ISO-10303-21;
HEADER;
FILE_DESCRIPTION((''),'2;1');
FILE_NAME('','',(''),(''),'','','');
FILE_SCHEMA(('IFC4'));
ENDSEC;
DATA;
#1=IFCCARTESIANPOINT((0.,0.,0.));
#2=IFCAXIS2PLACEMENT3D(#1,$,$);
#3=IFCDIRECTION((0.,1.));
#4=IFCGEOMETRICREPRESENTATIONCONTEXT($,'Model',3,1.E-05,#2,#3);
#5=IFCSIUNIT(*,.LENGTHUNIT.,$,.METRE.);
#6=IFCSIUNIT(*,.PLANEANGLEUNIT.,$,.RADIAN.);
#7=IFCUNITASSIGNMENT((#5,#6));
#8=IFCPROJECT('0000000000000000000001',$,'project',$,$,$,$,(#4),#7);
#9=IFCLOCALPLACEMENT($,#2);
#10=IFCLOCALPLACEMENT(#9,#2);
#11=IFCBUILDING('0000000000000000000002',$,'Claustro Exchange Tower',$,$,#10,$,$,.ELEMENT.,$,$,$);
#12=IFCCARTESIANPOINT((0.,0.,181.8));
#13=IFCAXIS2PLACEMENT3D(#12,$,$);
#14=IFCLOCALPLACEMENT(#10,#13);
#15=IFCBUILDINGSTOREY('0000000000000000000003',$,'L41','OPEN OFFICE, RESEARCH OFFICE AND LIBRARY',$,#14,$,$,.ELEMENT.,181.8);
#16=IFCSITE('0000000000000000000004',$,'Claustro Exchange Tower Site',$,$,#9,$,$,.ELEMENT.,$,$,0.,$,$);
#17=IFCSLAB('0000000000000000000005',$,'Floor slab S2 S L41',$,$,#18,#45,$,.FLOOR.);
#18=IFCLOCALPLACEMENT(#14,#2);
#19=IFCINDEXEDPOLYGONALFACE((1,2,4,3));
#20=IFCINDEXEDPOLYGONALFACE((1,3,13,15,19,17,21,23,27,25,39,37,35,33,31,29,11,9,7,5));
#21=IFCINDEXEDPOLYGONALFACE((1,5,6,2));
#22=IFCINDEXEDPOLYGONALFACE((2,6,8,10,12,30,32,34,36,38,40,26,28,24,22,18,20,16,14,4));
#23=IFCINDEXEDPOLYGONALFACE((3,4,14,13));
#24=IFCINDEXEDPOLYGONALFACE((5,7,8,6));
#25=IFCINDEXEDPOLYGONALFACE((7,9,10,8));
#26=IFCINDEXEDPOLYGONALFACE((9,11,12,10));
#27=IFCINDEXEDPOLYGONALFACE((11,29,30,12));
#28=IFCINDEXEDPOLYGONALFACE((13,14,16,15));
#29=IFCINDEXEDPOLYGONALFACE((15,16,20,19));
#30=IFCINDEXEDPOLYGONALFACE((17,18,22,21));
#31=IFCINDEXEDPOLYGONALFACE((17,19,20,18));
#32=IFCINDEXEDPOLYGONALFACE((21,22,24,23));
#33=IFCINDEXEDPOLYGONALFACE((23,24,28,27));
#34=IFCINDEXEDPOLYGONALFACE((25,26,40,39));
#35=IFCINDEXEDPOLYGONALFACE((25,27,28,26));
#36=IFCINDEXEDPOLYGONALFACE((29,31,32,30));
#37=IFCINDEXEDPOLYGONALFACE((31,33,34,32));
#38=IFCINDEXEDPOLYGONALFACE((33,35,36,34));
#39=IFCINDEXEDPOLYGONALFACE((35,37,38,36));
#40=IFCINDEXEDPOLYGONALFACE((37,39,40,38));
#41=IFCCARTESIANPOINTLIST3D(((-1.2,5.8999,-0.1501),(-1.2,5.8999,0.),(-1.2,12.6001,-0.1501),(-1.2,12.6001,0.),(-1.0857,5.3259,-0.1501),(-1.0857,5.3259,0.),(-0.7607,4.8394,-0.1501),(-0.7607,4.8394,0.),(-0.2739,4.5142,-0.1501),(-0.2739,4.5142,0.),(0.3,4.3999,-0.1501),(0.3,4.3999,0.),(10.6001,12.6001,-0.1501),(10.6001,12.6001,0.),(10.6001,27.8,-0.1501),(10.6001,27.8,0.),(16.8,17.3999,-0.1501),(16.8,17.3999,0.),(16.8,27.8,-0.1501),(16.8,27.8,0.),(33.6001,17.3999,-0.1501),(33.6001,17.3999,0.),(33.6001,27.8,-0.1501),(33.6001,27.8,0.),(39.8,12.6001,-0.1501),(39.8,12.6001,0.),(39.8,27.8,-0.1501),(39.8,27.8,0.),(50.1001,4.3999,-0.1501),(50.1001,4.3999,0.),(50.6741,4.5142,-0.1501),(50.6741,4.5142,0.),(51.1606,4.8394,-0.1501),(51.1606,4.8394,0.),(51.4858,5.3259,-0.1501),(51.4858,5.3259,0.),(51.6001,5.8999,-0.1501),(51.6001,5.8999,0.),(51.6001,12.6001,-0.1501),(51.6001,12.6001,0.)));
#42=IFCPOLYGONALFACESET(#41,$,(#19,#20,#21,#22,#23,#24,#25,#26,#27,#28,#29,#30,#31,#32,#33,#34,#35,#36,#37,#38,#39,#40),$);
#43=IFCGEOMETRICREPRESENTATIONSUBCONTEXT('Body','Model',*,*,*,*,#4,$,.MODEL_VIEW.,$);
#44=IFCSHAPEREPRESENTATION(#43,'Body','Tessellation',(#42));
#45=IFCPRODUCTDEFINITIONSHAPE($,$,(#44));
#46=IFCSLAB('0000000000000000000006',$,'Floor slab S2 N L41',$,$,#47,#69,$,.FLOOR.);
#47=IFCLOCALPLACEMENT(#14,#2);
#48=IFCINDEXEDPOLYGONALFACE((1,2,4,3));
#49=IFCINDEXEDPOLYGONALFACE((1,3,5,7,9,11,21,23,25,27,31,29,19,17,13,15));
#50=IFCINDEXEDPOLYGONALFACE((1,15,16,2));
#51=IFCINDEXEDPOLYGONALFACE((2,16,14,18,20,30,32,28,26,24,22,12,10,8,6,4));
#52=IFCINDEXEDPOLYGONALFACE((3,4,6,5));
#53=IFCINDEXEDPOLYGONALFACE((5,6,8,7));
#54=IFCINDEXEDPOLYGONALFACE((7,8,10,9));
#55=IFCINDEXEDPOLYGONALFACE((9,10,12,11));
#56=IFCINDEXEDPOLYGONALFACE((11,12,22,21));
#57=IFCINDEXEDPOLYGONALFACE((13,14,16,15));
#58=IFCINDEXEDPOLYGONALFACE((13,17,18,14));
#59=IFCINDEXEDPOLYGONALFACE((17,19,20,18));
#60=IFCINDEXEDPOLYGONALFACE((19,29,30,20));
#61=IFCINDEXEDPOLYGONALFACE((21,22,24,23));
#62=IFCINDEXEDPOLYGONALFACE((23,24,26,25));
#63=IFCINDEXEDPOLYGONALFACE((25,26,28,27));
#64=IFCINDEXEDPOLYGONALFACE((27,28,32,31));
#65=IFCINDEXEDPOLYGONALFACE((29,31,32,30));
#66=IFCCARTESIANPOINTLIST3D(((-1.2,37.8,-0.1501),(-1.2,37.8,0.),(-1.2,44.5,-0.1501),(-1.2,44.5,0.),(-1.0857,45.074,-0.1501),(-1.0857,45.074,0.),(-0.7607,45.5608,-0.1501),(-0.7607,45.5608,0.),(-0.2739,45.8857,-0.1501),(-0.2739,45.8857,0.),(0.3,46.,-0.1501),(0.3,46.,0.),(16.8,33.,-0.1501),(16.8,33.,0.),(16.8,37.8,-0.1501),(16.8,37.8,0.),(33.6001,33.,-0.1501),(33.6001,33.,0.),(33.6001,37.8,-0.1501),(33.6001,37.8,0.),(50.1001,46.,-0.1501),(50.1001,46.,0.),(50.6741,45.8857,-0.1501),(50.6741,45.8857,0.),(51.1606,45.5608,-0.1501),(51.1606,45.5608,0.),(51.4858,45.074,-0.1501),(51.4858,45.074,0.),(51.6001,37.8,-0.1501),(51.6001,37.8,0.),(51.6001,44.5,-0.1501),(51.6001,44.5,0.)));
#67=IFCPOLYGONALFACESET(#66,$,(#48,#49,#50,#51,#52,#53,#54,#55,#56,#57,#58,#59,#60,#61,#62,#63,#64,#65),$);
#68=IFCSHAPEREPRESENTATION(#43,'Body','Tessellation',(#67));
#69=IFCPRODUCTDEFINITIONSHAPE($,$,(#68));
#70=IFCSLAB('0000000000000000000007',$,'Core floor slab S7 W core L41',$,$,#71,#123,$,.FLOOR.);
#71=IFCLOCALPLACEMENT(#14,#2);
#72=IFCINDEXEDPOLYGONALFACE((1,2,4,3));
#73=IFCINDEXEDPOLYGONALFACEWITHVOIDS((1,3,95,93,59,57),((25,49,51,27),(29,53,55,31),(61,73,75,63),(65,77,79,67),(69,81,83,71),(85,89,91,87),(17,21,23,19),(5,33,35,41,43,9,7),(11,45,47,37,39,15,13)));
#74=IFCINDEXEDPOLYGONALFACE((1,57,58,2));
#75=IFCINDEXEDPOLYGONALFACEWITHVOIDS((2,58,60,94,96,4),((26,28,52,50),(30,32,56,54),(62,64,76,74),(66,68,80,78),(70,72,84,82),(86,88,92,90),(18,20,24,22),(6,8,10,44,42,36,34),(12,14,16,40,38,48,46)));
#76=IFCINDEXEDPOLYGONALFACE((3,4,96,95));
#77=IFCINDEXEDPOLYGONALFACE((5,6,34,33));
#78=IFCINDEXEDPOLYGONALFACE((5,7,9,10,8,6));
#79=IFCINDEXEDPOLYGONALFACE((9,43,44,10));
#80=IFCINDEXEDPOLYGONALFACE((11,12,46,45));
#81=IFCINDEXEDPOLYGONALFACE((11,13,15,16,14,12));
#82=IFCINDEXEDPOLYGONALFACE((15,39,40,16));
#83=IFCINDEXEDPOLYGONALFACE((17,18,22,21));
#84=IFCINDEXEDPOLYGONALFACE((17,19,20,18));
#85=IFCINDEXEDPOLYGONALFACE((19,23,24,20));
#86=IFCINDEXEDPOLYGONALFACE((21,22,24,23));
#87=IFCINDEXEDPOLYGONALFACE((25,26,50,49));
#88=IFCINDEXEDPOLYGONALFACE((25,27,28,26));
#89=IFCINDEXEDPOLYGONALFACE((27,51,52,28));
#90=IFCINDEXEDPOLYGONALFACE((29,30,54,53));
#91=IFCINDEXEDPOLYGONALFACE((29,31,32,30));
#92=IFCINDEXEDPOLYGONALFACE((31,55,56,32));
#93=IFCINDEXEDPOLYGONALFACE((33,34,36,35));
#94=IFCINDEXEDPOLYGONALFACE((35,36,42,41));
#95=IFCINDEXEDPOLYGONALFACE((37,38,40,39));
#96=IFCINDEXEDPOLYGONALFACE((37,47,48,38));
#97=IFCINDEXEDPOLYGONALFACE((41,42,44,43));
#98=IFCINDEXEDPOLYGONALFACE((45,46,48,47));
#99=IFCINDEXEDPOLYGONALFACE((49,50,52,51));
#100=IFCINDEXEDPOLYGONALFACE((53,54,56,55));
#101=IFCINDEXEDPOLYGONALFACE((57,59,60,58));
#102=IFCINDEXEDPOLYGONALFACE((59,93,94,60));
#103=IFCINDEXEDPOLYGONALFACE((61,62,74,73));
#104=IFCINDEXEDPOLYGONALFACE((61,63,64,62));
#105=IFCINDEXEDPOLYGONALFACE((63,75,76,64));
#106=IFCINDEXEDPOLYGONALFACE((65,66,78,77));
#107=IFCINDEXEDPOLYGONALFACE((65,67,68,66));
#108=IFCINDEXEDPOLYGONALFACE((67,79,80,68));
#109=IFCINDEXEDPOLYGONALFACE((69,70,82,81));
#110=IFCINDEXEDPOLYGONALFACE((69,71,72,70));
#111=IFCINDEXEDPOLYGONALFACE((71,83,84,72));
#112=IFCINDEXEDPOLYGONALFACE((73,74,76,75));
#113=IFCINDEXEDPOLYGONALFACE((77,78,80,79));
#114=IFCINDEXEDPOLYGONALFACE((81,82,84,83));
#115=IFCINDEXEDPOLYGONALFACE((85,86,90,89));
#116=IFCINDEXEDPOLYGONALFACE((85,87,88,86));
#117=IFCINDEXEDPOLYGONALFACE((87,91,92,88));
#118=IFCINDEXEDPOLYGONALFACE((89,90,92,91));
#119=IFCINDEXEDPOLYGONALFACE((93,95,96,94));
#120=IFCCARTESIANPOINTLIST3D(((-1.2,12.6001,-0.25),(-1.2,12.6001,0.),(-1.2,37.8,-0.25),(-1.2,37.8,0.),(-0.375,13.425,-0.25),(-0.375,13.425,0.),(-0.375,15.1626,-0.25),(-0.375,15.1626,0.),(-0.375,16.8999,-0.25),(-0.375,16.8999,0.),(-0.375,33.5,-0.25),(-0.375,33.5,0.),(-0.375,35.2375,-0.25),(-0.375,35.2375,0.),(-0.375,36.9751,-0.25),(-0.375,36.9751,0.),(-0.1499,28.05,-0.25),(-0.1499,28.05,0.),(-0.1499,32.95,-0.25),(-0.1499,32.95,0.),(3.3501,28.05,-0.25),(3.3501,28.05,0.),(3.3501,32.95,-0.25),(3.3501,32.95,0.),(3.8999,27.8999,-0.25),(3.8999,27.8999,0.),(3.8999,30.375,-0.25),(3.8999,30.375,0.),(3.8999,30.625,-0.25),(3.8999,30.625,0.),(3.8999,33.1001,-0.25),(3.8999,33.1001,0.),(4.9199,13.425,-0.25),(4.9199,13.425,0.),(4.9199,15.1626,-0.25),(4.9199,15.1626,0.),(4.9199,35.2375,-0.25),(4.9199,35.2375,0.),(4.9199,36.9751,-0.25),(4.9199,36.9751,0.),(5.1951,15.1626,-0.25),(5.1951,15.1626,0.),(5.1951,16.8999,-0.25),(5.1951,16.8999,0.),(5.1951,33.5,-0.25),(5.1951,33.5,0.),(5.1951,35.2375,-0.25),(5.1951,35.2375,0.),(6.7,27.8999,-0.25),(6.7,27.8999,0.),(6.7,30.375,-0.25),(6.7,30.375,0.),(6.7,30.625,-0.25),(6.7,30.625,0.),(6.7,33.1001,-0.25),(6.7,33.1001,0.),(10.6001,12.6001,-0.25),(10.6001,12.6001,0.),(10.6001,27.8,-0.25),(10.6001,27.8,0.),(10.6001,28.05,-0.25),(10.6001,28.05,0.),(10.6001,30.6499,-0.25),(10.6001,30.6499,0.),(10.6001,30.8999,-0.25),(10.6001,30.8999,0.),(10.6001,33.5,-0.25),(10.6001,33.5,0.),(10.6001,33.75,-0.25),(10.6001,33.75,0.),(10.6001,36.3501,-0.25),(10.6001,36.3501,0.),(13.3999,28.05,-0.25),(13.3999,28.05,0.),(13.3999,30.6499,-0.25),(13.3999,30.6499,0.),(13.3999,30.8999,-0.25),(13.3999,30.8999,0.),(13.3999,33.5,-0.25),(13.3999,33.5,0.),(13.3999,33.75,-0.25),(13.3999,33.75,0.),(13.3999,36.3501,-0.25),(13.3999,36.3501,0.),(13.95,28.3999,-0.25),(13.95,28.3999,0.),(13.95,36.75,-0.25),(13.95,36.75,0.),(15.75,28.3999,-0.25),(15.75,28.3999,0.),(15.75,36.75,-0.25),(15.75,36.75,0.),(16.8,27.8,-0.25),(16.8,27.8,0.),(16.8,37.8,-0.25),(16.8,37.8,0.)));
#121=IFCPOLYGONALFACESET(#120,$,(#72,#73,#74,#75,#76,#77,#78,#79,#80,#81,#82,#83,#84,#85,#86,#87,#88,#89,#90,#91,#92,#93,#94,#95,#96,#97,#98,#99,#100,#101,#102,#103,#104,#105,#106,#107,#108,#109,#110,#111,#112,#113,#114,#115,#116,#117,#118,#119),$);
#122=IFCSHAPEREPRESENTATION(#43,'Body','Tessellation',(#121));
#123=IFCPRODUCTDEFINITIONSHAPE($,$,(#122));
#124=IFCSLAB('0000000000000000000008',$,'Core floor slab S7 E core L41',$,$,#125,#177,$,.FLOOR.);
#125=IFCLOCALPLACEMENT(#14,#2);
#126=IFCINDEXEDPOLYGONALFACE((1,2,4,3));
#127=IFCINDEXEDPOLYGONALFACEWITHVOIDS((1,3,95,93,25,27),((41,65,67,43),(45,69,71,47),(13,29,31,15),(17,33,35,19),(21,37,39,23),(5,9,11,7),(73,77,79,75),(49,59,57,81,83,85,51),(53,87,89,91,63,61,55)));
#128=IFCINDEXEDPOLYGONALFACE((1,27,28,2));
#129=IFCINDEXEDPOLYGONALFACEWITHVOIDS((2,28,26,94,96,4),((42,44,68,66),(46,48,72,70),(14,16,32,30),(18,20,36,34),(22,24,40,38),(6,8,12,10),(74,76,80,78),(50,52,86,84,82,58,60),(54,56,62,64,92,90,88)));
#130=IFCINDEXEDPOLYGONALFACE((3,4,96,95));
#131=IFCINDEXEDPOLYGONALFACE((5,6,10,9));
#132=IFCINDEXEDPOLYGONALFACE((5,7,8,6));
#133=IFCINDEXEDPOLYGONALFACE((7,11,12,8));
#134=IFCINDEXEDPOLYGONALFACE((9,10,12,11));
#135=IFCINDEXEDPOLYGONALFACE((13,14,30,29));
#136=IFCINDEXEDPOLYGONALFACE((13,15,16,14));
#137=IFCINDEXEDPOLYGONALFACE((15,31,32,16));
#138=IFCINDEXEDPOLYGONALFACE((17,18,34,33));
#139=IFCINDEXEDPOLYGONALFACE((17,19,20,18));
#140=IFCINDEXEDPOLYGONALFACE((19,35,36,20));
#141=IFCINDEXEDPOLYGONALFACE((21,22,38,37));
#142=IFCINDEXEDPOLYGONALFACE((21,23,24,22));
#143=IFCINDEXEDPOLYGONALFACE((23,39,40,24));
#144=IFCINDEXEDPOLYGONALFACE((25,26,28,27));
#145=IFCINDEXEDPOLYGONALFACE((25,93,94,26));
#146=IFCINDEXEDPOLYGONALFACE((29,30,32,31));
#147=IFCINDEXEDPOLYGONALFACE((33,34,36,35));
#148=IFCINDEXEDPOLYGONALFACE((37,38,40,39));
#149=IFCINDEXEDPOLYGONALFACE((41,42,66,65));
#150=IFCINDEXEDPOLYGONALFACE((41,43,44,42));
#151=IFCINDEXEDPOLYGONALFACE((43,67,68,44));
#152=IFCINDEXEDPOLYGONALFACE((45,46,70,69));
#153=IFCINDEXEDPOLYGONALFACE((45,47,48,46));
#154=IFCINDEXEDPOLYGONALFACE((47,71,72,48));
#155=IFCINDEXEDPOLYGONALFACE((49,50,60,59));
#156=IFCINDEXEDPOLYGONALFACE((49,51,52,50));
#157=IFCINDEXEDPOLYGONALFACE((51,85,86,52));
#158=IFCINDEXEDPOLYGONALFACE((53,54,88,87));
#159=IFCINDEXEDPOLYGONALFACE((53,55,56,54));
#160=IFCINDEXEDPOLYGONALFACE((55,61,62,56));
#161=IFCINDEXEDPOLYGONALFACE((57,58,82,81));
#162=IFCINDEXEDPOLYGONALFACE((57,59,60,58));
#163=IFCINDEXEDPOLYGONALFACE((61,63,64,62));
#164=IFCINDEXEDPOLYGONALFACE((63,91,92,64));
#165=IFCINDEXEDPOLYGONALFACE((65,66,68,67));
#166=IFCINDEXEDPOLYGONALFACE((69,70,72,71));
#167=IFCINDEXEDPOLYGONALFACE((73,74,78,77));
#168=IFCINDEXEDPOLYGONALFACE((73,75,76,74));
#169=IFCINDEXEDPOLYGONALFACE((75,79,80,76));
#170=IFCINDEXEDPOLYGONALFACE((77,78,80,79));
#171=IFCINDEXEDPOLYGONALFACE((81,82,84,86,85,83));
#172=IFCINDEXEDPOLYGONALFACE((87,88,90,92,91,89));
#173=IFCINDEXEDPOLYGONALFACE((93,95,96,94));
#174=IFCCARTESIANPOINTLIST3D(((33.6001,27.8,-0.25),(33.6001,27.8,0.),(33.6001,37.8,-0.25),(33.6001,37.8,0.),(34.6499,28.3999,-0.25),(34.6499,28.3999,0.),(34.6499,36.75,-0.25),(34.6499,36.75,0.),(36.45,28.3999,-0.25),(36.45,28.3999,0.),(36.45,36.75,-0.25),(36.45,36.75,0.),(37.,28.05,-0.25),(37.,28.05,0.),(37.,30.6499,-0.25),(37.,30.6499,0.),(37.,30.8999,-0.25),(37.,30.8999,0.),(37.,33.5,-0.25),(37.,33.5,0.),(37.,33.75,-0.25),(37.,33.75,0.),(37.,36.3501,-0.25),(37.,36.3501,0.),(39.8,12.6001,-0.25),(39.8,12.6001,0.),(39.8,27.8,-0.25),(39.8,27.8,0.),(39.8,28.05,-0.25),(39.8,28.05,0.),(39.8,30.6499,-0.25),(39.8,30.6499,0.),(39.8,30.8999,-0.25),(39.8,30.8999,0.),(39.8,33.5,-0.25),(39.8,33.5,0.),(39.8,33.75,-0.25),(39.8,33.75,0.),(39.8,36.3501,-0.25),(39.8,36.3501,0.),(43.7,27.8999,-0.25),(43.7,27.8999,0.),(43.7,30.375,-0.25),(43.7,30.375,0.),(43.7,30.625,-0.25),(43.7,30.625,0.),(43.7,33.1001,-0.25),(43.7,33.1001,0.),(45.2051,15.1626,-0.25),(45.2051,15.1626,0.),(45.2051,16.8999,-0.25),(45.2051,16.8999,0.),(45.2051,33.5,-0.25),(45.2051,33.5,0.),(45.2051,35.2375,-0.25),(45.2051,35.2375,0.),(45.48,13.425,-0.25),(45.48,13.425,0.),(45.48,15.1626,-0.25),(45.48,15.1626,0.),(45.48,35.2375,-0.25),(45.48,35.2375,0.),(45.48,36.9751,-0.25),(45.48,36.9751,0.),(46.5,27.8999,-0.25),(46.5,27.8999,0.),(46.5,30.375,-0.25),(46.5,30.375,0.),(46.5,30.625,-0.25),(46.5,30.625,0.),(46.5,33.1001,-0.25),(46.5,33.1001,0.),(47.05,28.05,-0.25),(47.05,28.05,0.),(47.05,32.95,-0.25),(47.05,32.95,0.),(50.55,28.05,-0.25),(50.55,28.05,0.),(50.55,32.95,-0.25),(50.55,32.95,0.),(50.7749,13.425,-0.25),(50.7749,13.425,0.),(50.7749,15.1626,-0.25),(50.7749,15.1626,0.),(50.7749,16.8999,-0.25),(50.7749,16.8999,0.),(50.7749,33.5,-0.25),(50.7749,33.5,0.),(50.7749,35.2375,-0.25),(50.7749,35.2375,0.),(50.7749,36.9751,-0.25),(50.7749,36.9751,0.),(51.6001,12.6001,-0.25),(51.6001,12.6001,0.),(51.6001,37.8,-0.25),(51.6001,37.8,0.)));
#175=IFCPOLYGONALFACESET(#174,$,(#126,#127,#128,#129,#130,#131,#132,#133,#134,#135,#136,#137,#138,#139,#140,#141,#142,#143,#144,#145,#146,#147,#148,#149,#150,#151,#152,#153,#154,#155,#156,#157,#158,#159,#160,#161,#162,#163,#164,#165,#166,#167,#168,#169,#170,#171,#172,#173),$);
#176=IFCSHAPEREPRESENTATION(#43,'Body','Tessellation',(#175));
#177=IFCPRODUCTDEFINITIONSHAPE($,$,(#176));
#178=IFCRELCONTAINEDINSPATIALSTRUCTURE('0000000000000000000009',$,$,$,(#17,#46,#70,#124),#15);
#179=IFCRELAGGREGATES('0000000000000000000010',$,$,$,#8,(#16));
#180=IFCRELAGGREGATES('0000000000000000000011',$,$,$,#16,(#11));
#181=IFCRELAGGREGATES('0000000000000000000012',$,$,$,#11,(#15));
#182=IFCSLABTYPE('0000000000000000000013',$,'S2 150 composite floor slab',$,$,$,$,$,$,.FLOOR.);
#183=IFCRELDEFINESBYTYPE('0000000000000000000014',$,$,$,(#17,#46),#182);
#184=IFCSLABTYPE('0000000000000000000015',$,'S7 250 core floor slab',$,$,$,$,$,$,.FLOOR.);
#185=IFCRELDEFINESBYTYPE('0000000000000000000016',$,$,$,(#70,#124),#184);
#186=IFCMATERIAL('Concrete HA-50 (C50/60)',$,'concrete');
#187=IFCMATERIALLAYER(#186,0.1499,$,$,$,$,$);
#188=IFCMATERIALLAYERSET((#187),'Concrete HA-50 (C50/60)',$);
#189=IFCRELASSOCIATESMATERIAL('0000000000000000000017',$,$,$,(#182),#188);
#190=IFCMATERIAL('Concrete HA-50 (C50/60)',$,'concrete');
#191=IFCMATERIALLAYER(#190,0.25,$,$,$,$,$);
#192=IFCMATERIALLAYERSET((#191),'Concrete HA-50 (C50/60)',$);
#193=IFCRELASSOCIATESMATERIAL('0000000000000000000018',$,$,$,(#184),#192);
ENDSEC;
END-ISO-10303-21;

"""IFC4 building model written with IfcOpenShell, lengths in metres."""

from ifc_helpers import new_model, si_unit, direction, frame, origin, place, context, subcontext, project, spatial, polyline, outline, extrude, material, layer, layer_set, type_object, element, save


model = new_model("IFC4")

# Units and contexts
model_context = context("Model", 3, precision=1e-05, world=origin(), true_north=direction((0.0, 1.0)))
body_context = subcontext(model_context, "Body", "Model", "MODEL_VIEW")
ifc_project = project(units=[si_unit("LENGTHUNIT", "METRE"), si_unit("PLANEANGLEUNIT", "RADIAN")], contexts=[model_context])

# Site, building, storey
site_placement = place(None, origin())
site = spatial("IfcSite", under=ifc_project, at=site_placement, Name="Claustro Exchange Tower Site", CompositionType="ELEMENT", RefElevation=0.0)
building_placement = place(site_placement, origin())
building = spatial("IfcBuilding", under=site, at=building_placement, Name="Claustro Exchange Tower", CompositionType="ELEMENT")
storey_placement = place(building_placement, frame((0.0, 0.0, 181.8)))
storey = spatial("IfcBuildingStorey", under=building, at=storey_placement, Name="L41", Description="OPEN OFFICE, RESEARCH OFFICE AND LIBRARY", CompositionType="ELEMENT", Elevation=181.8)

# Slabs
ifc_material_1 = material(Name="Concrete HA-50 (C50/60)", Category="concrete")
ifc_layer_1 = layer(ifc_material_1, 0.1499)
ifc_layer_set_1 = layer_set([ifc_layer_1], Name="Concrete HA-50 (C50/60)")
slab_type_1 = type_object("IfcSlabType", Name="S2 150 composite floor slab", PredefinedType="FLOOR", material=ifc_layer_set_1)
slab_1_placement = place(storey_placement, frame((0.0, 0.0, -0.1501)))
element("IfcSlab", 1, at=slab_1_placement, inside=storey, type_object=slab_type_1, Name="Floor slab S2 S L41", PredefinedType="FLOOR", context=body_context, shape_type="SweptSolid", body=[
    extrude(outline(polyline([(-0.2739, 4.5142), (0.3, 4.3999), (50.1001, 4.3999), (50.6741, 4.5142), (51.1606, 4.8394), (51.4858, 5.3259), (51.6001, 5.8999), (51.6001, 12.6001), (39.8, 12.6001), (39.8, 27.8), (33.6001, 27.8), (33.6001, 17.3999), (16.8, 17.3999), (16.8, 27.8), (10.6001, 27.8), (10.6001, 12.6001), (-1.2, 12.6001), (-1.2, 5.8999), (-1.0857, 5.3259), (-0.7607, 4.8394), (-0.2739, 4.5142)])), origin(), (0.0, 0.0, 1.0), 0.1501),
])
slab_2_placement = place(storey_placement, frame((0.0, 0.0, -0.1501)))
element("IfcSlab", 2, at=slab_2_placement, inside=storey, type_object=slab_type_1, Name="Floor slab S2 N L41", PredefinedType="FLOOR", context=body_context, shape_type="SweptSolid", body=[
    extrude(outline(polyline([(16.8, 37.8), (16.8, 33.0), (33.6001, 33.0), (33.6001, 37.8), (51.6001, 37.8), (51.6001, 44.5), (51.4858, 45.074), (51.1606, 45.5608), (50.6741, 45.8857), (50.1001, 46.0), (0.3, 46.0), (-0.2739, 45.8857), (-0.7607, 45.5608), (-1.0857, 45.074), (-1.2, 44.5), (-1.2, 37.8), (16.8, 37.8)])), origin(), (0.0, 0.0, 1.0), 0.1501),
])
ifc_material_2 = material(Name="Concrete HA-50 (C50/60)", Category="concrete")
ifc_layer_2 = layer(ifc_material_2, 0.25)
ifc_layer_set_2 = layer_set([ifc_layer_2], Name="Concrete HA-50 (C50/60)")
slab_type_2 = type_object("IfcSlabType", Name="S7 250 core floor slab", PredefinedType="FLOOR", material=ifc_layer_set_2)
slab_3_placement = place(storey_placement, frame((0.0, 0.0, -0.25)))
element("IfcSlab", 3, at=slab_3_placement, inside=storey, type_object=slab_type_2, Name="Core floor slab S7 W core L41", PredefinedType="FLOOR", context=body_context, shape_type="SweptSolid", body=[
    extrude(outline(polyline([(-1.2, 37.8), (-1.2, 12.6001), (10.6001, 12.6001), (10.6001, 27.8), (16.8, 27.8), (16.8, 37.8), (-1.2, 37.8)]), holes=[polyline([(13.95, 36.75), (15.75, 36.75), (15.75, 28.3999), (13.95, 28.3999), (13.95, 36.75)]), polyline([(10.6001, 30.6499), (13.3999, 30.6499), (13.3999, 28.05), (10.6001, 28.05), (10.6001, 30.6499)]), polyline([(10.6001, 33.5), (13.3999, 33.5), (13.3999, 30.8999), (10.6001, 30.8999), (10.6001, 33.5)]), polyline([(13.3999, 36.3501), (13.3999, 33.75), (10.6001, 33.75), (10.6001, 36.3501), (13.3999, 36.3501)]), polyline([(3.8999, 30.375), (6.7, 30.375), (6.7, 27.8999), (3.8999, 27.8999), (3.8999, 30.375)]), polyline([(3.8999, 33.1001), (6.7, 33.1001), (6.7, 30.625), (3.8999, 30.625), (3.8999, 33.1001)]), polyline([(-0.375, 15.1626), (-0.375, 16.8999), (5.1951, 16.8999), (5.1951, 15.1626), (4.9199, 15.1626), (4.9199, 13.425), (-0.375, 13.425), (-0.375, 15.1626)]), polyline([(-0.375, 35.2375), (-0.375, 36.9751), (4.9199, 36.9751), (4.9199, 35.2375), (5.1951, 35.2375), (5.1951, 33.5), (-0.375, 33.5), (-0.375, 35.2375)]), polyline([(-0.1499, 32.95), (3.3501, 32.95), (3.3501, 28.05), (-0.1499, 28.05), (-0.1499, 32.95)])]), origin(), (0.0, 0.0, 1.0), 0.25),
])
slab_4_placement = place(storey_placement, frame((0.0, 0.0, -0.25)))
element("IfcSlab", 4, at=slab_4_placement, inside=storey, type_object=slab_type_2, Name="Core floor slab S7 E core L41", PredefinedType="FLOOR", context=body_context, shape_type="SweptSolid", body=[
    extrude(outline(polyline([(51.6001, 37.8), (33.6001, 37.8), (33.6001, 27.8), (39.8, 27.8), (39.8, 12.6001), (51.6001, 12.6001), (51.6001, 37.8)]), holes=[polyline([(45.48, 15.1626), (45.2051, 15.1626), (45.2051, 16.8999), (50.7749, 16.8999), (50.7749, 15.1626), (50.7749, 13.425), (45.48, 13.425), (45.48, 15.1626)]), polyline([(45.48, 35.2375), (45.48, 36.9751), (50.7749, 36.9751), (50.7749, 35.2375), (50.7749, 33.5), (45.2051, 33.5), (45.2051, 35.2375), (45.48, 35.2375)]), polyline([(47.05, 32.95), (50.55, 32.95), (50.55, 28.05), (47.05, 28.05), (47.05, 32.95)]), polyline([(43.7, 30.375), (46.5, 30.375), (46.5, 27.8999), (43.7, 27.8999), (43.7, 30.375)]), polyline([(43.7, 33.1001), (46.5, 33.1001), (46.5, 30.625), (43.7, 30.625), (43.7, 33.1001)]), polyline([(37.0, 30.6499), (39.8, 30.6499), (39.8, 28.05), (37.0, 28.05), (37.0, 30.6499)]), polyline([(37.0, 33.5), (39.8, 33.5), (39.8, 30.8999), (37.0, 30.8999), (37.0, 33.5)]), polyline([(39.8, 36.3501), (39.8, 33.75), (37.0, 33.75), (37.0, 36.3501), (39.8, 36.3501)]), polyline([(34.6499, 36.75), (36.45, 36.75), (36.45, 28.3999), (34.6499, 28.3999), (34.6499, 36.75)])]), origin(), (0.0, 0.0, 1.0), 0.25),
])

save(model, "model.ifc")
